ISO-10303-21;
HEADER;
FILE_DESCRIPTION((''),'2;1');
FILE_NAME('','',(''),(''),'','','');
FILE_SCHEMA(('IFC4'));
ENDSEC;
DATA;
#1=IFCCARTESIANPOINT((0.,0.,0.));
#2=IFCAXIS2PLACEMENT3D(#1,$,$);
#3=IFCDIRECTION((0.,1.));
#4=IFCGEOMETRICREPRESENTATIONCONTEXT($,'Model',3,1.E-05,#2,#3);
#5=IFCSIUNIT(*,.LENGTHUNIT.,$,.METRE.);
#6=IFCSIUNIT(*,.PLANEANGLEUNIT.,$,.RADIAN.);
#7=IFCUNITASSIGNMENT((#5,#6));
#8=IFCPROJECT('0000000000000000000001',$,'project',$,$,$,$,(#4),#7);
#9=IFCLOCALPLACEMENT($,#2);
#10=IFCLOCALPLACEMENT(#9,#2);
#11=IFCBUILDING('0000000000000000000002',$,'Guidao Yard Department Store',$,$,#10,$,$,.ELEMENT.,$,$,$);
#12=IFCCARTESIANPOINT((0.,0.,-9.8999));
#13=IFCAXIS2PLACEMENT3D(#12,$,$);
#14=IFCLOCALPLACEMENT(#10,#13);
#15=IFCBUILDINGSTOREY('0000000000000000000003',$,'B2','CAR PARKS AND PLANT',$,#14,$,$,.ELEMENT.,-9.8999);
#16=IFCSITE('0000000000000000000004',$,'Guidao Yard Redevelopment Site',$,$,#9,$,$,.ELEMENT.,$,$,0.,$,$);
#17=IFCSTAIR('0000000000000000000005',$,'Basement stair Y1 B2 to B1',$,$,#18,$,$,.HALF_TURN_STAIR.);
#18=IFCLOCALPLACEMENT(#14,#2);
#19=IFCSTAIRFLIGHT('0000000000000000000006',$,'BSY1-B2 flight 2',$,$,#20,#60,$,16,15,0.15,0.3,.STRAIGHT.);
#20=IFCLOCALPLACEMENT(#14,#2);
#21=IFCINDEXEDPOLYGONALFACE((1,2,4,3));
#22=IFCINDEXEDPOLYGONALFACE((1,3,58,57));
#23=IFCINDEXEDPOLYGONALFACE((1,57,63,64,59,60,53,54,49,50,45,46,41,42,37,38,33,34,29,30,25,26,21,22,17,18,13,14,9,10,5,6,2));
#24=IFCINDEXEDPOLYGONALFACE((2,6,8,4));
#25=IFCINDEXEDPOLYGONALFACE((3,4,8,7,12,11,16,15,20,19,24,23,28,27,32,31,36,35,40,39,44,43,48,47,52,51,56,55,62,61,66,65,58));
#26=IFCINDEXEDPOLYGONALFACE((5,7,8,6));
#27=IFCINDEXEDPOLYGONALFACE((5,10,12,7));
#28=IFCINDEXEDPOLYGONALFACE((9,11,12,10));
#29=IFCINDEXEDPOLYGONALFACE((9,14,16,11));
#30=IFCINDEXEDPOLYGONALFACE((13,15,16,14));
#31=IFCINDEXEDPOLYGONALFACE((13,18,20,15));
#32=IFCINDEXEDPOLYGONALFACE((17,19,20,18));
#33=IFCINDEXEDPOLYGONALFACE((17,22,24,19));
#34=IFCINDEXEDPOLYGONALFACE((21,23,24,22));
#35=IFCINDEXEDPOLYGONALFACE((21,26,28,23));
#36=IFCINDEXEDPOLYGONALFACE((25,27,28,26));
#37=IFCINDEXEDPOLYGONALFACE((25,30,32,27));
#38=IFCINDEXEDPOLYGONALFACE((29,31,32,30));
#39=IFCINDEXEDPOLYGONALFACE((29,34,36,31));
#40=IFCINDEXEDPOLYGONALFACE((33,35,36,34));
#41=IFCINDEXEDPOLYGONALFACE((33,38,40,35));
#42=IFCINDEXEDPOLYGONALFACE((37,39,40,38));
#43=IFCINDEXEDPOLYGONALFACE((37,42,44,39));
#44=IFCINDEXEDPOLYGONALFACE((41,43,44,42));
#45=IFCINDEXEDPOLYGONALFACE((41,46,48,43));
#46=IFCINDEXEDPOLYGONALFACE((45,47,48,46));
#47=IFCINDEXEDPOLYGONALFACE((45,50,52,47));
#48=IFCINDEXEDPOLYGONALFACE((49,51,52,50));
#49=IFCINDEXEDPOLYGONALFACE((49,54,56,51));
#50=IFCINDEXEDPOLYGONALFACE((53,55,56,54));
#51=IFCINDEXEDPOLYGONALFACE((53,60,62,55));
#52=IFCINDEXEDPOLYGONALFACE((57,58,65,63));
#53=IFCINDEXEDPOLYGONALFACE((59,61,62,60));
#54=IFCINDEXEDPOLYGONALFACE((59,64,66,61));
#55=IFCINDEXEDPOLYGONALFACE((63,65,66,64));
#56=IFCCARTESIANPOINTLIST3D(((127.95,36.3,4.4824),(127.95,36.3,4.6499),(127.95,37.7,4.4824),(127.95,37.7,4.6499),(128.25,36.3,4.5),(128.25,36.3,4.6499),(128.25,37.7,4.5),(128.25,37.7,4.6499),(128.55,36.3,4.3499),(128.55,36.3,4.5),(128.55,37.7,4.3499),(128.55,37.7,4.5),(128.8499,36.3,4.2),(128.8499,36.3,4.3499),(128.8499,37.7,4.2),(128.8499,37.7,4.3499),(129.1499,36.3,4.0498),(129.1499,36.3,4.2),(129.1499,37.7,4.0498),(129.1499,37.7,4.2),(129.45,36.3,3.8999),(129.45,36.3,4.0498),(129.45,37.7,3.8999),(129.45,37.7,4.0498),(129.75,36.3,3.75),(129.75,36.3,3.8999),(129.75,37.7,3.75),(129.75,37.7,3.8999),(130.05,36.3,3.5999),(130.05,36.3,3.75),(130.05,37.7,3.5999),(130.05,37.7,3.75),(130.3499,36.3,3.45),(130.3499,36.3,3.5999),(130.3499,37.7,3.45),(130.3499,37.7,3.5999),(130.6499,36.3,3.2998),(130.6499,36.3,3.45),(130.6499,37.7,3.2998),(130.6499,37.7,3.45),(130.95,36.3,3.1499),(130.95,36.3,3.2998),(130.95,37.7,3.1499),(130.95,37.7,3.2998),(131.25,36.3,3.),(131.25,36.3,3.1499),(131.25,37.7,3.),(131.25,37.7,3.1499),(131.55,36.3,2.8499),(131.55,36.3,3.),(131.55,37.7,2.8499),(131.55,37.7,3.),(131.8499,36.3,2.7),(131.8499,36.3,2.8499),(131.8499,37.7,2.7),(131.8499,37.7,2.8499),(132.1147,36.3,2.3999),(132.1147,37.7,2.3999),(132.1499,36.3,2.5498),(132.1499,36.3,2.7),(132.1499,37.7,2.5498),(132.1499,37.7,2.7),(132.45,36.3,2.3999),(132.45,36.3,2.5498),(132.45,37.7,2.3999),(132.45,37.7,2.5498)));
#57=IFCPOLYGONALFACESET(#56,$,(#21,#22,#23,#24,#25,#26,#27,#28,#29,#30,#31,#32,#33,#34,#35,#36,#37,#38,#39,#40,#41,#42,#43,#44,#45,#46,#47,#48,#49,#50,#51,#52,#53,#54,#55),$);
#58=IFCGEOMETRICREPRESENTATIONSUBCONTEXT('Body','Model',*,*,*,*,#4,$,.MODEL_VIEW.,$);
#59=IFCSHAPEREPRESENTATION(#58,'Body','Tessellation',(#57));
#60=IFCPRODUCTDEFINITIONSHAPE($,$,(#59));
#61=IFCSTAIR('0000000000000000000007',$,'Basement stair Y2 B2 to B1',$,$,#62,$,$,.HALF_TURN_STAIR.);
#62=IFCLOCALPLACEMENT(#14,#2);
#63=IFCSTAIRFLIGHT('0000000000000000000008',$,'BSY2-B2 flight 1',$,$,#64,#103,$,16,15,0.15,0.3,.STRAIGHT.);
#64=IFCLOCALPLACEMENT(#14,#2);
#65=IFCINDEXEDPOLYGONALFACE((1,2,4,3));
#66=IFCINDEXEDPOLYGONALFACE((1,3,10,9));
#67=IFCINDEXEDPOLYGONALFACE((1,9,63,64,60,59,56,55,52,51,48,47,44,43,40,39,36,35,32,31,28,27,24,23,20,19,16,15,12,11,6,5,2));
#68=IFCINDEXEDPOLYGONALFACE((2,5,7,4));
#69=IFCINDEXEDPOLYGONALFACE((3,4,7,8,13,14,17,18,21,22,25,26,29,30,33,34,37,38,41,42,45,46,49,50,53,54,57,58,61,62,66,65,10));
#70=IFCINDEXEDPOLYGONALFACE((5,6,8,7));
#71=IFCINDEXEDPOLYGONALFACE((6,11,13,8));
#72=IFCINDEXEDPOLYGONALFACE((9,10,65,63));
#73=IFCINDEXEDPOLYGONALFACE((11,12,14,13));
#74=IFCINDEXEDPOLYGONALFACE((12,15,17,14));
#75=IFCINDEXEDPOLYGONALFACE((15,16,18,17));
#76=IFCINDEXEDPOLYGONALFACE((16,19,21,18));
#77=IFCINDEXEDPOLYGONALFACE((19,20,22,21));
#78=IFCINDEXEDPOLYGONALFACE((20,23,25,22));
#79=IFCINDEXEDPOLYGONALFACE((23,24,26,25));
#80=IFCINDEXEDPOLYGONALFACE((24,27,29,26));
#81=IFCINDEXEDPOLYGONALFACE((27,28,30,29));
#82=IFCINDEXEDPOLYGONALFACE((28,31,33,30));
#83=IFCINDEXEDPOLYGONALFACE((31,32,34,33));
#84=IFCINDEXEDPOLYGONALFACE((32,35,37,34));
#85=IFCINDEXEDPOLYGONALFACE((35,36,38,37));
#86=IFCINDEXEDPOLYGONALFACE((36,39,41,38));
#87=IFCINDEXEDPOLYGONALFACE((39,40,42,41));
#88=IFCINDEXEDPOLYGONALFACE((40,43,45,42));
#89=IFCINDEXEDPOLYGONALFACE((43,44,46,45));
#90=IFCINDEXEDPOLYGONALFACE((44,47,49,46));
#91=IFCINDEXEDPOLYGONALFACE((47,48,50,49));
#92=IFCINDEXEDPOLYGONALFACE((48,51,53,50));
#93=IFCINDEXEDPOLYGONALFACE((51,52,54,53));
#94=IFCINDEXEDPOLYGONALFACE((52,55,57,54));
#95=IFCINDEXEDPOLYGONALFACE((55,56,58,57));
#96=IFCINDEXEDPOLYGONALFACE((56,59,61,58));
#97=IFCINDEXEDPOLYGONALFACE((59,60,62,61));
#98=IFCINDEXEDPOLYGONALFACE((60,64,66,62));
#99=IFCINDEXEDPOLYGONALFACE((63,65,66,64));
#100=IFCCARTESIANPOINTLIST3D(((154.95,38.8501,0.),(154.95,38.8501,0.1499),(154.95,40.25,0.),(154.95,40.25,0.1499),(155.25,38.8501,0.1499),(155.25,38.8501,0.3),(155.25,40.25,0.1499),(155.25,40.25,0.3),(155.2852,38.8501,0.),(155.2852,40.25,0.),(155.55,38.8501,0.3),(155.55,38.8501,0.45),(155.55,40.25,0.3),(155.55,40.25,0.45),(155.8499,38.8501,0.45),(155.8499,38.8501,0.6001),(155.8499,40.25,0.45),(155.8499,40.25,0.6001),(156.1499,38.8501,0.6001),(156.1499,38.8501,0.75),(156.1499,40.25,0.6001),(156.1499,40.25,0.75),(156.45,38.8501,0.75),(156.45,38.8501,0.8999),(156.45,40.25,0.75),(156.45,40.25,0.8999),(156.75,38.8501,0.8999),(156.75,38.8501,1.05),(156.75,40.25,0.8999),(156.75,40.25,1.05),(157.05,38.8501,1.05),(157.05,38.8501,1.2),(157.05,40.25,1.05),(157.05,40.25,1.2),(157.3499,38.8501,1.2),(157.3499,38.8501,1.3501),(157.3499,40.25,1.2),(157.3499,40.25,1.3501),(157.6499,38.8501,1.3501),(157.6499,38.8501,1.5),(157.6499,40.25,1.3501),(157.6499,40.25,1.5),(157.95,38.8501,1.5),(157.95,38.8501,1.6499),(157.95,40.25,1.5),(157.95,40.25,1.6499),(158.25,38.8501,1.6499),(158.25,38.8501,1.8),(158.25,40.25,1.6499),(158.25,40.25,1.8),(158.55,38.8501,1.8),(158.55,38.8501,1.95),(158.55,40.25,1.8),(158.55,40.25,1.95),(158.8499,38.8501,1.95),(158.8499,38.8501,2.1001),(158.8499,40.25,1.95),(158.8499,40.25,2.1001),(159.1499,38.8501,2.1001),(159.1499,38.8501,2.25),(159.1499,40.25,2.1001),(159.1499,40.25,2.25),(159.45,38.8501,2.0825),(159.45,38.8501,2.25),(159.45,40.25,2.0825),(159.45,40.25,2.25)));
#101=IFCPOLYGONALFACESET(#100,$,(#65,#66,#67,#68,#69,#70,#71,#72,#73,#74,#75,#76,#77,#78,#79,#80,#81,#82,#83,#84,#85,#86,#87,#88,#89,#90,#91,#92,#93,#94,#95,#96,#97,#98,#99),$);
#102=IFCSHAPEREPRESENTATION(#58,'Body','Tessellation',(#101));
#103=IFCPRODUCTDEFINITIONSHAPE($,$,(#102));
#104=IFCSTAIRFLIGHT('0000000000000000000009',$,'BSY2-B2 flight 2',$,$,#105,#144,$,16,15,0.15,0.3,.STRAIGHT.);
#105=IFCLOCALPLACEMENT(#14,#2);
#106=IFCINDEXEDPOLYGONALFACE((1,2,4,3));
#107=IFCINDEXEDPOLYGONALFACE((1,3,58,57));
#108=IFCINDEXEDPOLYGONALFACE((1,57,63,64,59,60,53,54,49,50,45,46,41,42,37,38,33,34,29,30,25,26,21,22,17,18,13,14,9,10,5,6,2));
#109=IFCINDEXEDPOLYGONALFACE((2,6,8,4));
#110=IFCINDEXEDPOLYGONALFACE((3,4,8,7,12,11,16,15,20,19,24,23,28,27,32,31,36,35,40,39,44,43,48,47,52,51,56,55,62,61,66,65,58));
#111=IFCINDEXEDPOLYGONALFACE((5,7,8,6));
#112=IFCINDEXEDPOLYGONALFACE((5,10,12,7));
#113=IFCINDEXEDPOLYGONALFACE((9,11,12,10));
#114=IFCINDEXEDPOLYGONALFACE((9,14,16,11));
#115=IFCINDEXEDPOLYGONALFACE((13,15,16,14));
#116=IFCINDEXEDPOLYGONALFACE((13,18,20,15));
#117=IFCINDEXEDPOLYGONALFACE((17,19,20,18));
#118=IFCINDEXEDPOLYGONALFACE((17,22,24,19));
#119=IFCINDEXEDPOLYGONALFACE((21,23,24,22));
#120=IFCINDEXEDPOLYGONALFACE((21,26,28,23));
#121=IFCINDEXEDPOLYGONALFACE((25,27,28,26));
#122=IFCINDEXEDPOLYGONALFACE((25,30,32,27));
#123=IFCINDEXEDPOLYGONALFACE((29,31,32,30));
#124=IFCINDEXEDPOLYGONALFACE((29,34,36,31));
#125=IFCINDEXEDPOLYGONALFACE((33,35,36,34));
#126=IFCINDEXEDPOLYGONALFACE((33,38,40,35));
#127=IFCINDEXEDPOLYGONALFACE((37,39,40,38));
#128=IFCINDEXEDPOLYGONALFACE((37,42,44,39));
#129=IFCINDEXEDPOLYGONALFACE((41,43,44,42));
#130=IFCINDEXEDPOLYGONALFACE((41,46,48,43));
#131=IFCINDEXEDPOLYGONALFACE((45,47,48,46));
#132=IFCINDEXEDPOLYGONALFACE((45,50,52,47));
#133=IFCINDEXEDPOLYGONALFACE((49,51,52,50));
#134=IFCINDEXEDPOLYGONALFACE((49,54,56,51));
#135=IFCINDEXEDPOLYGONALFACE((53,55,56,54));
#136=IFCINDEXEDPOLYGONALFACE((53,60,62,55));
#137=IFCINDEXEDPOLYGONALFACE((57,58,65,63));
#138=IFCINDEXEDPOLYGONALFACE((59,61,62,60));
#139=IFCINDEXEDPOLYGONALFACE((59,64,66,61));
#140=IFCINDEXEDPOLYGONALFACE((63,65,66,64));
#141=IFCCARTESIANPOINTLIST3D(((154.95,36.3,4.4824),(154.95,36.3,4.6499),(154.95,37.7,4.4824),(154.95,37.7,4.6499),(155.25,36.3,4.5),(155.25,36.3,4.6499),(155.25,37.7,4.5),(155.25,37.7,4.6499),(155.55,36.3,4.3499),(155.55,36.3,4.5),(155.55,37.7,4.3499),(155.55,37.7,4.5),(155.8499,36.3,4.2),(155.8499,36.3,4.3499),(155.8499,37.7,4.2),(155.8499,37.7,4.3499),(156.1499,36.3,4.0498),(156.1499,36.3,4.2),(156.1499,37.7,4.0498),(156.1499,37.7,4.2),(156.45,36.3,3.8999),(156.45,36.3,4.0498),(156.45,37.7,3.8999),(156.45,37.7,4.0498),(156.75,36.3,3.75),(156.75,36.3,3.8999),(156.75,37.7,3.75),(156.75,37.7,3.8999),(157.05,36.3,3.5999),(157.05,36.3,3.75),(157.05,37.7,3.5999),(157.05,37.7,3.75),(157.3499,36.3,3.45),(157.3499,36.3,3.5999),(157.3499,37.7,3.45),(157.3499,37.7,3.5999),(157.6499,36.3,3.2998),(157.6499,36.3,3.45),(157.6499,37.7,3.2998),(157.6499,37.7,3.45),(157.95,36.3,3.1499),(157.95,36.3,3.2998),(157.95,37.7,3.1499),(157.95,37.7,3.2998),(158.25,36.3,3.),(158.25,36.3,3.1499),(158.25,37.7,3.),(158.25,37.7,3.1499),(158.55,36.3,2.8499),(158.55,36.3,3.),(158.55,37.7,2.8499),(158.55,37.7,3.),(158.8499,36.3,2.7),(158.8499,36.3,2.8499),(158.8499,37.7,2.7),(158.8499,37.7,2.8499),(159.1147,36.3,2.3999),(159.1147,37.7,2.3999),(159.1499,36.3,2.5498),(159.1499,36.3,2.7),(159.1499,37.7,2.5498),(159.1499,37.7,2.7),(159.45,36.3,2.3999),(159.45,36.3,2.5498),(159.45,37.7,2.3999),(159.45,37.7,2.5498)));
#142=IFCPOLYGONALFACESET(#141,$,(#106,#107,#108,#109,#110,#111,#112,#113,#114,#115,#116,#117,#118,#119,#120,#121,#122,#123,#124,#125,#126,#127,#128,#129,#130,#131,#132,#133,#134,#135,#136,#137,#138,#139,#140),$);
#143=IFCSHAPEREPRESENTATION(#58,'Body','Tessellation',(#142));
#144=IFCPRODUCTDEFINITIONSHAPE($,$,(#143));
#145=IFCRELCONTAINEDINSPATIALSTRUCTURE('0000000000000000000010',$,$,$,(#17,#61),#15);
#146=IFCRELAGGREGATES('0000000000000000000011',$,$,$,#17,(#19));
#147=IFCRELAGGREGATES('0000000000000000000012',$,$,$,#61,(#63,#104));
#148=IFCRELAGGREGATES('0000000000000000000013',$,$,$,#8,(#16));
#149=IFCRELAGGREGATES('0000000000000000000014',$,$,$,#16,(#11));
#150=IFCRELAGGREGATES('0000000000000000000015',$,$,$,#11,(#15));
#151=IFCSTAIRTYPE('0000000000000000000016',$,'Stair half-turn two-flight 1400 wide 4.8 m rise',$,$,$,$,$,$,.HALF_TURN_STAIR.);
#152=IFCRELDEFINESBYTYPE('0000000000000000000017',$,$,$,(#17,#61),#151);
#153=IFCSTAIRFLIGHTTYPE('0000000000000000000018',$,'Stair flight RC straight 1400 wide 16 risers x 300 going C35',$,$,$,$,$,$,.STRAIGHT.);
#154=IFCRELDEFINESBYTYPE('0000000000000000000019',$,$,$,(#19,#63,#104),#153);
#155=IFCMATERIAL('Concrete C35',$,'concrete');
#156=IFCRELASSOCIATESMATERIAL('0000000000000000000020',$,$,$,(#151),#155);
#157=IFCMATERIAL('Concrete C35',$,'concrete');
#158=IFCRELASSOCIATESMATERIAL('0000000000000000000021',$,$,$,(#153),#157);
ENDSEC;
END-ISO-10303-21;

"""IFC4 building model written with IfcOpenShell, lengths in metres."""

from ifc_helpers import new_model, si_unit, direction, frame, origin, place, context, subcontext, project, spatial, polyline, outline, extrude, material, type_object, element, aggregate, save


model = new_model("IFC4")

# Units and contexts
model_context = context("Model", 3, precision=1e-05, world=origin(), true_north=direction((0.0, 1.0)))
body_context = subcontext(model_context, "Body", "Model", "MODEL_VIEW")
ifc_project = project(units=[si_unit("LENGTHUNIT", "METRE"), si_unit("PLANEANGLEUNIT", "RADIAN")], contexts=[model_context])

# Site, building, storey
site_placement = place(None, origin())
site = spatial("IfcSite", under=ifc_project, at=site_placement, Name="Guidao Yard Redevelopment Site", CompositionType="ELEMENT", RefElevation=0.0)
building_placement = place(site_placement, origin())
building = spatial("IfcBuilding", under=site, at=building_placement, Name="Guidao Yard Department Store", CompositionType="ELEMENT")
storey_placement = place(building_placement, frame((0.0, 0.0, -9.8999)))
storey = spatial("IfcBuildingStorey", under=building, at=storey_placement, Name="B2", Description="CAR PARKS AND PLANT", CompositionType="ELEMENT", Elevation=-9.8999)

# Stairs, stair flights
ifc_material_1 = material(Name="Concrete C35", Category="concrete")
stair_type = type_object("IfcStairType", Name="Stair half-turn two-flight 1400 wide 4.8 m rise", PredefinedType="HALF_TURN_STAIR", material=ifc_material_1)
stair_1_placement = place(storey_placement, origin())
stair_1 = element("IfcStair", 1, at=stair_1_placement, inside=storey, type_object=stair_type, Name="Basement stair Y1 B2 to B1", PredefinedType="HALF_TURN_STAIR")
ifc_material_2 = material(Name="Concrete C35", Category="concrete")
stair_flight_type = type_object("IfcStairFlightType", Name="Stair flight RC straight 1400 wide 16 risers x 300 going C35", PredefinedType="STRAIGHT", material=ifc_material_2)
stair_flight_1_placement = place(storey_placement, frame((132.45, 37.0, 2.3999), z_axis=(0.0, 0.0, 1.0), x_axis=(-1.0, 0.0, 0.0)))
stair_flight_1 = element("IfcStairFlight", 2, at=stair_flight_1_placement, type_object=stair_flight_type, Name="BSY1-B2 flight 2", NumberOfRisers=16, NumberOfTreads=15, PredefinedType="STRAIGHT", RiserHeight=0.15, TreadLength=0.3, context=body_context, shape_type="SweptSolid", body=[
    extrude(outline(polyline([(0.0, 0.0), (0.0, 0.1499), (0.3, 0.1499), (0.3, 0.3), (0.6001, 0.3), (0.6001, 0.45), (0.8999, 0.45), (0.8999, 0.6001), (1.2, 0.6001), (1.2, 0.75), (1.5, 0.75), (1.5, 0.8999), (1.8, 0.8999), (1.8, 1.05), (2.1001, 1.05), (2.1001, 1.2), (2.3999, 1.2), (2.3999, 1.3501), (2.7, 1.3501), (2.7, 1.5), (3.0, 1.5), (3.0, 1.6499), (3.3, 1.6499), (3.3, 1.8), (3.6001, 1.8), (3.6001, 1.95), (3.8999, 1.95), (3.8999, 2.1001), (4.2, 2.1001), (4.2, 2.25), (4.5, 2.25), (4.5, 2.3999), (4.5, 2.0825), (0.3352, 0.0), (0.0, 0.0)])), frame((0.0, 0.7, 0.0), z_axis=(0.0, -1.0, 0.0), x_axis=(1.0, 0.0, 0.0)), (0.0, 0.0, 1.0), 1.3999),
])
aggregate(stair_1, [stair_flight_1])
stair_2_placement = place(storey_placement, origin())
stair_2 = element("IfcStair", 3, at=stair_2_placement, inside=storey, type_object=stair_type, Name="Basement stair Y2 B2 to B1", PredefinedType="HALF_TURN_STAIR")
stair_flight_2_placement = place(storey_placement, frame((154.95, 39.55, 0.0), z_axis=(0.0, 0.0, 1.0), x_axis=(1.0, 0.0, 0.0)))
stair_flight_2 = element("IfcStairFlight", 4, at=stair_flight_2_placement, type_object=stair_flight_type, Name="BSY2-B2 flight 1", NumberOfRisers=16, NumberOfTreads=15, PredefinedType="STRAIGHT", RiserHeight=0.15, TreadLength=0.3, context=body_context, shape_type="SweptSolid", body=[
    extrude(outline(polyline([(0.0, 0.0), (0.0, 0.1499), (0.3, 0.1499), (0.3, 0.3), (0.6001, 0.3), (0.6001, 0.45), (0.8999, 0.45), (0.8999, 0.6001), (1.2, 0.6001), (1.2, 0.75), (1.5, 0.75), (1.5, 0.8999), (1.8, 0.8999), (1.8, 1.05), (2.1001, 1.05), (2.1001, 1.2), (2.3999, 1.2), (2.3999, 1.3501), (2.7, 1.3501), (2.7, 1.5), (3.0, 1.5), (3.0, 1.6499), (3.3, 1.6499), (3.3, 1.8), (3.6001, 1.8), (3.6001, 1.95), (3.8999, 1.95), (3.8999, 2.1001), (4.2, 2.1001), (4.2, 2.25), (4.5, 2.25), (4.5, 2.3999), (4.5, 2.0825), (0.3352, 0.0), (0.0, 0.0)])), frame((0.0, 0.7, 0.0), z_axis=(0.0, -1.0, 0.0), x_axis=(1.0, 0.0, 0.0)), (0.0, 0.0, 1.0), 1.3999),
])
stair_flight_3_placement = place(storey_placement, frame((159.45, 37.0, 2.3999), z_axis=(0.0, 0.0, 1.0), x_axis=(-1.0, 0.0, 0.0)))
stair_flight_3 = element("IfcStairFlight", 5, at=stair_flight_3_placement, type_object=stair_flight_type, Name="BSY2-B2 flight 2", NumberOfRisers=16, NumberOfTreads=15, PredefinedType="STRAIGHT", RiserHeight=0.15, TreadLength=0.3, context=body_context, shape_type="SweptSolid", body=[
    extrude(outline(polyline([(0.0, 0.0), (0.0, 0.1499), (0.3, 0.1499), (0.3, 0.3), (0.6001, 0.3), (0.6001, 0.45), (0.8999, 0.45), (0.8999, 0.6001), (1.2, 0.6001), (1.2, 0.75), (1.5, 0.75), (1.5, 0.8999), (1.8, 0.8999), (1.8, 1.05), (2.1001, 1.05), (2.1001, 1.2), (2.3999, 1.2), (2.3999, 1.3501), (2.7, 1.3501), (2.7, 1.5), (3.0, 1.5), (3.0, 1.6499), (3.3, 1.6499), (3.3, 1.8), (3.6001, 1.8), (3.6001, 1.95), (3.8999, 1.95), (3.8999, 2.1001), (4.2, 2.1001), (4.2, 2.25), (4.5, 2.25), (4.5, 2.3999), (4.5, 2.0825), (0.3352, 0.0), (0.0, 0.0)])), frame((0.0, 0.7, 0.0), z_axis=(0.0, -1.0, 0.0), x_axis=(1.0, 0.0, 0.0)), (0.0, 0.0, 1.0), 1.3999),
])
aggregate(stair_2, [stair_flight_2, stair_flight_3])

save(model, "model.ifc")
